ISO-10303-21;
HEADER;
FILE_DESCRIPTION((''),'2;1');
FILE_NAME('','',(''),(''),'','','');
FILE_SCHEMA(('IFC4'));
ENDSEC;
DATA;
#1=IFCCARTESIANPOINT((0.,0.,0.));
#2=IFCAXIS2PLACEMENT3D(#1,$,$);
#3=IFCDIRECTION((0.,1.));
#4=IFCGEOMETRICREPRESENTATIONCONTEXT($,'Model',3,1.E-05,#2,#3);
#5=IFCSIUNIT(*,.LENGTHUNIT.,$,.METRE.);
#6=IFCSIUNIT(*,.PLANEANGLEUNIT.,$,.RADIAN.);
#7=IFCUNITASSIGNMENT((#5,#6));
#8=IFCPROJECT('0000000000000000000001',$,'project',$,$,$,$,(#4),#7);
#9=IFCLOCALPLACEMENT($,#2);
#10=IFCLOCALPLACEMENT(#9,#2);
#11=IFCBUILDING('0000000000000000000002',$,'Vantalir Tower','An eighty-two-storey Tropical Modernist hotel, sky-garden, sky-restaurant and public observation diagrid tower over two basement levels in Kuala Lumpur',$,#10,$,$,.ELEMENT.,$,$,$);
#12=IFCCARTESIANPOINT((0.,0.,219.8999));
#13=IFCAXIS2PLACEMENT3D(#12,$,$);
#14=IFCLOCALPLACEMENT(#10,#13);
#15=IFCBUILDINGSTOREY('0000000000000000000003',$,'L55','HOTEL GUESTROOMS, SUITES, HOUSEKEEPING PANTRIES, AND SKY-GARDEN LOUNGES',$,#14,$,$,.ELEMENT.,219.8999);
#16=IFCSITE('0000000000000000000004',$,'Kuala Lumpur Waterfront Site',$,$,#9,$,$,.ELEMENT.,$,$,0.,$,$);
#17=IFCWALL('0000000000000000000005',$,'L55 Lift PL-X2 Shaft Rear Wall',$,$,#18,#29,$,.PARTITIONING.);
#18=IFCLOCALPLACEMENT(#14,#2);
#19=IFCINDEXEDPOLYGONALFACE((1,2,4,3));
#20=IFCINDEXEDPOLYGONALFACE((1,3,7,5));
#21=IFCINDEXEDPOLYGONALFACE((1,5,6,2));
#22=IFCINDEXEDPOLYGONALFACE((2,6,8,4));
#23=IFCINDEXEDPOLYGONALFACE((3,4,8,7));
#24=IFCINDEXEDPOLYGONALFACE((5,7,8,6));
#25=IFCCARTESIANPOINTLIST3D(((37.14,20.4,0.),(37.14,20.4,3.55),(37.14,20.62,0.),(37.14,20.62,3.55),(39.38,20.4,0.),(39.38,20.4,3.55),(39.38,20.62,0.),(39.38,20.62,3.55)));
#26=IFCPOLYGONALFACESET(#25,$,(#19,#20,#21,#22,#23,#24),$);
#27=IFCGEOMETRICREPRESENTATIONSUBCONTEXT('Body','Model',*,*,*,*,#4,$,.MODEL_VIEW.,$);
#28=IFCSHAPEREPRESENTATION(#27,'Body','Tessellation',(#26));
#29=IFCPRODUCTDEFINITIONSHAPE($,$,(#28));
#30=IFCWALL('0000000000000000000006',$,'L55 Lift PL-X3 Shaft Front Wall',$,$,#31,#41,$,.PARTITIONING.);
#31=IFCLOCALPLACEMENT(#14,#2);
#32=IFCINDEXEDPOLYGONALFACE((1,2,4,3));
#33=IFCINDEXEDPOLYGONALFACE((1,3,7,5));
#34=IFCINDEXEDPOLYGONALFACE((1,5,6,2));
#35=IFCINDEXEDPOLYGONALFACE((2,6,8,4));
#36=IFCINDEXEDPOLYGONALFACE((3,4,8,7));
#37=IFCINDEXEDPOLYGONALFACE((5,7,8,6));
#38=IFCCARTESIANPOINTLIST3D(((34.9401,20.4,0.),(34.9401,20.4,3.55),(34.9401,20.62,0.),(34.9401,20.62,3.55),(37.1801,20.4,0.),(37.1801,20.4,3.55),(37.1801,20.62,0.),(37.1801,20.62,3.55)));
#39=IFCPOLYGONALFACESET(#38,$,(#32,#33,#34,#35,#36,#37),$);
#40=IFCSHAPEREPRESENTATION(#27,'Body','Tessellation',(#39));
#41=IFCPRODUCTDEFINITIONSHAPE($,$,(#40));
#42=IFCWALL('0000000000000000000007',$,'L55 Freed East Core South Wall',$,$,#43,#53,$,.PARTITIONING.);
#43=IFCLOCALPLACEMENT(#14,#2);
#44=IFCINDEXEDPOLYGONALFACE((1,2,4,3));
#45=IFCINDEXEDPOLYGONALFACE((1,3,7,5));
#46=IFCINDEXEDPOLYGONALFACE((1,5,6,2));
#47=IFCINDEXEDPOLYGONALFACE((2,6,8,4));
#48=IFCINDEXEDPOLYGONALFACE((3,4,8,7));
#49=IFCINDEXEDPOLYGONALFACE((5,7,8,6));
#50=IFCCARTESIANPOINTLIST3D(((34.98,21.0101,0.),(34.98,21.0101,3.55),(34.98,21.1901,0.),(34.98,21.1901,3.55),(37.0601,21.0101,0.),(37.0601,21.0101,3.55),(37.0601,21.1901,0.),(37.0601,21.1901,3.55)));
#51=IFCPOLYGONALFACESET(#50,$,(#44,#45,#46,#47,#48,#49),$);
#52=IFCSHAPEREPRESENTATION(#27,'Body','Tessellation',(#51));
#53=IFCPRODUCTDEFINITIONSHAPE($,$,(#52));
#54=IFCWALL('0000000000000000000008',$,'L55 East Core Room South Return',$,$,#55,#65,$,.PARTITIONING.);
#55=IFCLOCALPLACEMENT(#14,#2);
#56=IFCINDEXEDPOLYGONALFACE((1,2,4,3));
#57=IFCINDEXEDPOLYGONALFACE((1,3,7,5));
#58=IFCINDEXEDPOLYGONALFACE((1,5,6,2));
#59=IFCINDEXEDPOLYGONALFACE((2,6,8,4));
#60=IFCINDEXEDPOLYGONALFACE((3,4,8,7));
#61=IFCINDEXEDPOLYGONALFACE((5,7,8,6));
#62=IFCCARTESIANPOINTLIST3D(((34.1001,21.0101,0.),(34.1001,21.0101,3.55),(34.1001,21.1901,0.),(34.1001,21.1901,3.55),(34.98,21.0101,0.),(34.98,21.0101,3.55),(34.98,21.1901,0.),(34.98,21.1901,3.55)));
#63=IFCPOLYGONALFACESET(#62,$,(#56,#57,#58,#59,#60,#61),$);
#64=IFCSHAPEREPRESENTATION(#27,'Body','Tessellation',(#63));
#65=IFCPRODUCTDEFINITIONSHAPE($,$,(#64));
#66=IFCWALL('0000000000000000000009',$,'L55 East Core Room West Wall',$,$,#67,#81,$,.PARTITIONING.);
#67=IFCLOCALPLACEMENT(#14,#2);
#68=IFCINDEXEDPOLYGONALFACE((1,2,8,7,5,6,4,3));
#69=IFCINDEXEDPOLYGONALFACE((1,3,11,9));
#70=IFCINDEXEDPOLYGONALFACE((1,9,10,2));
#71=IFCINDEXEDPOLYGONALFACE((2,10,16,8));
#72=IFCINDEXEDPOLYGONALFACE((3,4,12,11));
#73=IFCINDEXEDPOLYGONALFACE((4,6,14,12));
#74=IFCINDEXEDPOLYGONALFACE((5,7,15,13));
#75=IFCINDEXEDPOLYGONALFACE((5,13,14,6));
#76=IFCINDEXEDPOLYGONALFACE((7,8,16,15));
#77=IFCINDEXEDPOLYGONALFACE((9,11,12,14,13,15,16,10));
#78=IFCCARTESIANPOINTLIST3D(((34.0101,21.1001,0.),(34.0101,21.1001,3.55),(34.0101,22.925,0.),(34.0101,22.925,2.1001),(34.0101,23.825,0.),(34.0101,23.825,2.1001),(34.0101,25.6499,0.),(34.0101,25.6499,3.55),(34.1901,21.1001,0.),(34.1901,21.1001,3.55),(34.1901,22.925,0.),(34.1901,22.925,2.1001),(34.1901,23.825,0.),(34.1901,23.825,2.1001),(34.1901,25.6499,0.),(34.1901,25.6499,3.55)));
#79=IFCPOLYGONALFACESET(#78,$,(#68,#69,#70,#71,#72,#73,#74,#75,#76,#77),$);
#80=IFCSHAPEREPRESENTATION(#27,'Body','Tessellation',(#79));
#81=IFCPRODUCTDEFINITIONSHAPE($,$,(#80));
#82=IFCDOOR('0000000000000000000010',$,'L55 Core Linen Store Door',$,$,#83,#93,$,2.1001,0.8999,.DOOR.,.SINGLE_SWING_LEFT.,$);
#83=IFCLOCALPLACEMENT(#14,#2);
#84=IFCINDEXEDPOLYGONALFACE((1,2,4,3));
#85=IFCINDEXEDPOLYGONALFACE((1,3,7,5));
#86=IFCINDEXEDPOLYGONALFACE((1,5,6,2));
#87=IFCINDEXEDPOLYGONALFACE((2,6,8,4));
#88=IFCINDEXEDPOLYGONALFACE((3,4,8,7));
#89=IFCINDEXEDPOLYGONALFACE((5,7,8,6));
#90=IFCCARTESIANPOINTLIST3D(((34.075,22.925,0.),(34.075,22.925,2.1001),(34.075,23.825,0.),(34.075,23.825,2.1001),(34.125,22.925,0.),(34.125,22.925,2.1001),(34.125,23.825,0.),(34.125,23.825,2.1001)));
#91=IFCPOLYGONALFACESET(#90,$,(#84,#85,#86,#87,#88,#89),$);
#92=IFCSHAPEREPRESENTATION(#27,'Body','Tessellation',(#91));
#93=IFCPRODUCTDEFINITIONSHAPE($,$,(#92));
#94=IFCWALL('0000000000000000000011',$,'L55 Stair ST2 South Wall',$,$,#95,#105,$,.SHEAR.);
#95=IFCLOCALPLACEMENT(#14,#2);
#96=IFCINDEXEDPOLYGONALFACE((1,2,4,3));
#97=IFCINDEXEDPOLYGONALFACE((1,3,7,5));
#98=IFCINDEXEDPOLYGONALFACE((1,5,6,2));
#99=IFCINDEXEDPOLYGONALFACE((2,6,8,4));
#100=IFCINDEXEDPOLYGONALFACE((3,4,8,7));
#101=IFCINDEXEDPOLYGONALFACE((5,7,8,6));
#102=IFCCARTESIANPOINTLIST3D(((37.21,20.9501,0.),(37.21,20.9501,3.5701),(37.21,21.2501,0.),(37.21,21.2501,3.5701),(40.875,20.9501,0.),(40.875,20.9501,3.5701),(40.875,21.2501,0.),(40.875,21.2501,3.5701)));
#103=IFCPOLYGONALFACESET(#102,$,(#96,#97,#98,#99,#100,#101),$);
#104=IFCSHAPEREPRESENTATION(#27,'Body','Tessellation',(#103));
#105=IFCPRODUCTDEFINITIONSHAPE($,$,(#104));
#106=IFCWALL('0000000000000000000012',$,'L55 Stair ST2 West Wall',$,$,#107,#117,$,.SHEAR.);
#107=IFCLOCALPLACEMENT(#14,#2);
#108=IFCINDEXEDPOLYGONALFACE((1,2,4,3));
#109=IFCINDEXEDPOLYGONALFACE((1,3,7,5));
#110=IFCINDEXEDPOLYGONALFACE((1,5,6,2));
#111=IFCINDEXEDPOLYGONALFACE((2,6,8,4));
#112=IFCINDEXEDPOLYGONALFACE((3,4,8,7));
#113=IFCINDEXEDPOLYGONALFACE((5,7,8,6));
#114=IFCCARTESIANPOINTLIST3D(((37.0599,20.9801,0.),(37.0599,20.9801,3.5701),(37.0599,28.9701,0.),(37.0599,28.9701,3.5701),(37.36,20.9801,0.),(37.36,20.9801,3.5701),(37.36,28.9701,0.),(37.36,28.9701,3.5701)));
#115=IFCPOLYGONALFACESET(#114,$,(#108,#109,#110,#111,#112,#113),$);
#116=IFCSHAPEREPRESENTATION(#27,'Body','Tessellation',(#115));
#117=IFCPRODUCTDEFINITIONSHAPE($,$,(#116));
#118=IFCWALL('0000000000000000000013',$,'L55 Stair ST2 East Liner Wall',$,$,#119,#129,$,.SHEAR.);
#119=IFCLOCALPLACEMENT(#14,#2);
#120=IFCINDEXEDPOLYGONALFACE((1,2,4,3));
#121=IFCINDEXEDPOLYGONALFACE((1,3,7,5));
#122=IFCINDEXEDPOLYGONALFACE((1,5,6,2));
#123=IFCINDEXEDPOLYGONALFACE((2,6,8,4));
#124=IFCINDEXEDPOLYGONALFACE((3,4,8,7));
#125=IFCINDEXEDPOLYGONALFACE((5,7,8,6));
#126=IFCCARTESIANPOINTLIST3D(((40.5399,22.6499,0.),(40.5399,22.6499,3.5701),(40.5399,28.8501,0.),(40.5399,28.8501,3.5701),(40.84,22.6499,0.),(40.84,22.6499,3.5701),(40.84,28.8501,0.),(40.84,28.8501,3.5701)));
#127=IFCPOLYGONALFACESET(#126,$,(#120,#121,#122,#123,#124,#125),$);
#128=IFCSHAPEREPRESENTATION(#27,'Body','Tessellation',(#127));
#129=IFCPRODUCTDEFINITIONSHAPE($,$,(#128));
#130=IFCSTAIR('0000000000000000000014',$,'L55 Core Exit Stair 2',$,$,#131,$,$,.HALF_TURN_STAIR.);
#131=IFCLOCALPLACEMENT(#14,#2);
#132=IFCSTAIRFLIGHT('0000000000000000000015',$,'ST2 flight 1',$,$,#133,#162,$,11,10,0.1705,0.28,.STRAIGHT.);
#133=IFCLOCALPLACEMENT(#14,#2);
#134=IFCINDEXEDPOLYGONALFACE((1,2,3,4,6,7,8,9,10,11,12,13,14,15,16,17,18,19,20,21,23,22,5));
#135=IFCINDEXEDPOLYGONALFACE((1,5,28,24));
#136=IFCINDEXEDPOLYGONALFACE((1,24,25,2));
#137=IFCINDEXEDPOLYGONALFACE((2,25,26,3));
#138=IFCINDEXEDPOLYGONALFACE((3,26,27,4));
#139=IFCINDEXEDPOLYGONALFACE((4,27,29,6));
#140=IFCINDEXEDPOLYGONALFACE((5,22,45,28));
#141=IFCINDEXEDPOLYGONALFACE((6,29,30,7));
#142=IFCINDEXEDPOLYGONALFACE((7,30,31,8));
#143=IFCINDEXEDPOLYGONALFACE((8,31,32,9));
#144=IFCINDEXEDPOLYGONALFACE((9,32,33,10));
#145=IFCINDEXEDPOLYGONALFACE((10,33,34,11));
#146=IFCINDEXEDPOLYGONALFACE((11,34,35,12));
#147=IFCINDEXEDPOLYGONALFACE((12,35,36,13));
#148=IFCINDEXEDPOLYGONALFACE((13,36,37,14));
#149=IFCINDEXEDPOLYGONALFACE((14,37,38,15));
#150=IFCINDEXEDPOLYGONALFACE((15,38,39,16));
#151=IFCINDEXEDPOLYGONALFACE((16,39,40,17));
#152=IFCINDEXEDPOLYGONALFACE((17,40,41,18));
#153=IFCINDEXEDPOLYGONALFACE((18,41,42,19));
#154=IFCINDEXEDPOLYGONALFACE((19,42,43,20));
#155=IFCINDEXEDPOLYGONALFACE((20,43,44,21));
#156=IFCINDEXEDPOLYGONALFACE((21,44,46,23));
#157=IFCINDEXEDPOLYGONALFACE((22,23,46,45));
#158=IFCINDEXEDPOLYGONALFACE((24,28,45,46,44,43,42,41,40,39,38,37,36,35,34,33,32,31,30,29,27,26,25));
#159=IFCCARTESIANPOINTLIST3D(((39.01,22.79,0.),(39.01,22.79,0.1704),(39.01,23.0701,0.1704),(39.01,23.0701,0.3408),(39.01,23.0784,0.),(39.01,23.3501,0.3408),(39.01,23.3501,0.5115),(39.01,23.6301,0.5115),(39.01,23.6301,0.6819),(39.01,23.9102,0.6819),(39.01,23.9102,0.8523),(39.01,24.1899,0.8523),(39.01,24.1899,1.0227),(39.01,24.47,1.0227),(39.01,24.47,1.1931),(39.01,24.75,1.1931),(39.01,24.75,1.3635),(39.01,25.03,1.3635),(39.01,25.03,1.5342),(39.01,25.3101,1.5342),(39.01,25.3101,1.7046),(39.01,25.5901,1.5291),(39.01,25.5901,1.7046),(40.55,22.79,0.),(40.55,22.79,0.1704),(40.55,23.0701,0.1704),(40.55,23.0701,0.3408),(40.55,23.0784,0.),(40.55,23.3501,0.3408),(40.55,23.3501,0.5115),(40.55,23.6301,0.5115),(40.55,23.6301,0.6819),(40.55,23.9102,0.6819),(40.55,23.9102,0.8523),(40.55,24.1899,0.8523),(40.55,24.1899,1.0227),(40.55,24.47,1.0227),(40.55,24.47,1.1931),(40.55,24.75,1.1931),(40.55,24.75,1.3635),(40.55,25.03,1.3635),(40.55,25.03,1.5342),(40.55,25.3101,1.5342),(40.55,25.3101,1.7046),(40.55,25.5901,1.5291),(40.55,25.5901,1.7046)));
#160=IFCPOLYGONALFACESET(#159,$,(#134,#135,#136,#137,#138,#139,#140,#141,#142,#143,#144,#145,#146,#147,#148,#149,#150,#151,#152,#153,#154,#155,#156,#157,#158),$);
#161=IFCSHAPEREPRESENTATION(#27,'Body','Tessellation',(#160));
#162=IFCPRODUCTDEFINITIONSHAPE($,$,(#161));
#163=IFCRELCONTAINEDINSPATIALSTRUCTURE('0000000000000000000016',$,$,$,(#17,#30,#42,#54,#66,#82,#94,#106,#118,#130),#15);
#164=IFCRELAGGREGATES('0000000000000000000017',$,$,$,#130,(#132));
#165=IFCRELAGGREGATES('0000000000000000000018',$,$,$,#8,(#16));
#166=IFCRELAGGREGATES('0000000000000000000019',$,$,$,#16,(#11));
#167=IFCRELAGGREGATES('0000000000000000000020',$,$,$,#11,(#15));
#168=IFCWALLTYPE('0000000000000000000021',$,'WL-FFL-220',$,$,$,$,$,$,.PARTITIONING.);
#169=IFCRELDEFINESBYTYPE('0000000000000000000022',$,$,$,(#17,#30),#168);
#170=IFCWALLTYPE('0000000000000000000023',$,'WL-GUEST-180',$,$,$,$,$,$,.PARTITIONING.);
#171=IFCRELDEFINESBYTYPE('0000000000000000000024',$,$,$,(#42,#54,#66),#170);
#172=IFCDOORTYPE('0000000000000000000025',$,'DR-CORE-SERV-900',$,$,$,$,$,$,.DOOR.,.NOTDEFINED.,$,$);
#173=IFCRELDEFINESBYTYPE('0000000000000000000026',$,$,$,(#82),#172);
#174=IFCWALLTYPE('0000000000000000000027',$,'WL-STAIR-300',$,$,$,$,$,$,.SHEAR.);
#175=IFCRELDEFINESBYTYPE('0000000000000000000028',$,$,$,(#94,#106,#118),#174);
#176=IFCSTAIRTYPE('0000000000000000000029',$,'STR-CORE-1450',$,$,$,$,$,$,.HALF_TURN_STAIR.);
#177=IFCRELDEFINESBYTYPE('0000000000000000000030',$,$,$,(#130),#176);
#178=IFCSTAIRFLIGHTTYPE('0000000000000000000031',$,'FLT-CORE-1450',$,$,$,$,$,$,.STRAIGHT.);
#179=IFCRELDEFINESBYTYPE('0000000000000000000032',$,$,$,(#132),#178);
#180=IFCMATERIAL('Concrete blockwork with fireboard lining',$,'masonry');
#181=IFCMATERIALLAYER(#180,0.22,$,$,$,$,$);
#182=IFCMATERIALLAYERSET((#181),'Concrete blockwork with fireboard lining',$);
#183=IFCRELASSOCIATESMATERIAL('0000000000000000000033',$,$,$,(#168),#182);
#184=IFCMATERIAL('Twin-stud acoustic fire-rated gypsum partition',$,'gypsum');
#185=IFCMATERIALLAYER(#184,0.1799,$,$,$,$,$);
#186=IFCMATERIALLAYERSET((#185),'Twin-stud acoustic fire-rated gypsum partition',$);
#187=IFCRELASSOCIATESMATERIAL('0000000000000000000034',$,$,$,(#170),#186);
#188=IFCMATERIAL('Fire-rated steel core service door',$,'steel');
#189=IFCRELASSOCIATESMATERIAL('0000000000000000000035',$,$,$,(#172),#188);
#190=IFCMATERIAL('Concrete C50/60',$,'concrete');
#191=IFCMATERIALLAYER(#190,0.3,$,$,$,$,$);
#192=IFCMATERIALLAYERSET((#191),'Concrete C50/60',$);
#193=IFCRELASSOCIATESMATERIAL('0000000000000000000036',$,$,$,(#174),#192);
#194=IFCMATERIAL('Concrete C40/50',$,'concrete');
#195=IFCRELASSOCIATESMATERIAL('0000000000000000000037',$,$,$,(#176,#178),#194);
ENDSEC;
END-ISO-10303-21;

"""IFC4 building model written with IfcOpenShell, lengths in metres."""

from ifc_helpers import new_model, si_unit, direction, frame, frame_2d, origin, place, context, subcontext, project, spatial, polyline, rectangle, outline, extrude, material, layer, layer_set, type_object, element, fill, aggregate, save


model = new_model("IFC4")

# Units and contexts
model_context = context("Model", 3, precision=1e-05, world=origin(), true_north=direction((0.0, 1.0)))
body_context = subcontext(model_context, "Body", "Model", "MODEL_VIEW")
ifc_project = project(units=[si_unit("LENGTHUNIT", "METRE"), si_unit("PLANEANGLEUNIT", "RADIAN")], contexts=[model_context])

# Site, building, storey
site_placement = place(None, origin())
site = spatial("IfcSite", under=ifc_project, at=site_placement, Name="Kuala Lumpur Waterfront Site", CompositionType="ELEMENT", RefElevation=0.0)
building_placement = place(site_placement, origin())
building = spatial("IfcBuilding", under=site, at=building_placement, Name="Vantalir Tower", Description="An eighty-two-storey Tropical Modernist hotel, sky-garden, sky-restaurant and public observation diagrid tower over two basement levels in Kuala Lumpur", CompositionType="ELEMENT")
storey_placement = place(building_placement, frame((0.0, 0.0, 219.8999)))
storey = spatial("IfcBuildingStorey", under=building, at=storey_placement, Name="L55", Description="HOTEL GUESTROOMS, SUITES, HOUSEKEEPING PANTRIES, AND SKY-GARDEN LOUNGES", CompositionType="ELEMENT", Elevation=219.8999)

# Shared definitions
ifc_material_1 = material(Name="Concrete C50/60", Category="concrete")

# Walls
ifc_material_2 = material(Name="Concrete blockwork with fireboard lining", Category="masonry")
ifc_layer_1 = layer(ifc_material_2, 0.22)
ifc_layer_set_1 = layer_set([ifc_layer_1], Name="Concrete blockwork with fireboard lining")
wall_type_1 = type_object("IfcWallType", Name="WL-FFL-220", PredefinedType="PARTITIONING", material=ifc_layer_set_1)
for number, where, z_axis, x_axis, name in (
    (1, (37.1399, 20.51, 0.0), (0.0, 0.0, 1.0), (1.0, 0.0, 0.0), "L55 Lift PL-X2 Shaft Rear Wall"),
    (2, (34.9399, 20.51, 0.0), (0.0, 0.0, 1.0), (1.0, 0.0, 0.0), "L55 Lift PL-X3 Shaft Front Wall"),
):
    element("IfcWall", number, at=place(storey_placement, frame(where, z_axis=z_axis, x_axis=x_axis)), inside=storey, type_object=wall_type_1, Name=name, PredefinedType="PARTITIONING", context=body_context, shape_type="SweptSolid", body=[
        extrude(rectangle(XDim=2.24, YDim=0.22, at=frame_2d((1.1201, 0.0))), origin(), (0.0, 0.0, 1.0), 3.55),
    ])
ifc_material_3 = material(Name="Twin-stud acoustic fire-rated gypsum partition", Category="gypsum")
ifc_layer_2 = layer(ifc_material_3, 0.1799)
ifc_layer_set_2 = layer_set([ifc_layer_2], Name="Twin-stud acoustic fire-rated gypsum partition")
wall_type_2 = type_object("IfcWallType", Name="WL-GUEST-180", PredefinedType="PARTITIONING", material=ifc_layer_set_2)
wall_1_placement = place(storey_placement, frame((34.98, 21.1001, 0.0), z_axis=(0.0, 0.0, 1.0), x_axis=(1.0, 0.0, 0.0)))
element("IfcWall", 3, at=wall_1_placement, inside=storey, type_object=wall_type_2, Name="L55 Freed East Core South Wall", PredefinedType="PARTITIONING", context=body_context, shape_type="SweptSolid", body=[
    extrude(rectangle(XDim=2.0801, YDim=0.1799, at=frame_2d((1.04, 0.0))), origin(), (0.0, 0.0, 1.0), 3.55),
])
wall_2_placement = place(storey_placement, frame((34.1001, 21.1001, 0.0), z_axis=(0.0, 0.0, 1.0), x_axis=(1.0, 0.0, 0.0)))
element("IfcWall", 4, at=wall_2_placement, inside=storey, type_object=wall_type_2, Name="L55 East Core Room South Return", PredefinedType="PARTITIONING", context=body_context, shape_type="SweptSolid", body=[
    extrude(rectangle(XDim=0.8799, YDim=0.1799, at=frame_2d((0.4399, 0.0))), origin(), (0.0, 0.0, 1.0), 3.55),
])

# Wall, opening, door
wall_3_placement = place(storey_placement, frame((34.1001, 21.1001, 0.0), z_axis=(0.0, 0.0, 1.0), x_axis=(0.0, 1.0, 0.0)))
wall_3 = element("IfcWall", 5, at=wall_3_placement, inside=storey, type_object=wall_type_2, Name="L55 East Core Room West Wall", PredefinedType="PARTITIONING", context=body_context, shape_type="SweptSolid", body=[
    extrude(rectangle(XDim=4.5498, YDim=0.1799, at=frame_2d((2.2749, 0.0))), origin(), (0.0, 0.0, 1.0), 3.55),
])
opening_1_placement = place(wall_3_placement, frame((1.825, 0.0, 0.0)))
opening_1 = element("IfcOpeningElement", 6, at=opening_1_placement, cuts=wall_3, PredefinedType="OPENING", context=body_context, shape_type="SweptSolid", body=[
    extrude(rectangle(XDim=0.8999, YDim=2.1001, at=frame_2d((0.45, 1.05))), frame((0.0, 0.0999, 0.0), z_axis=(0.0, -1.0, 0.0), x_axis=(1.0, 0.0, 0.0)), (0.0, 0.0, 1.0), 0.2),
])
ifc_material_4 = material(Name="Fire-rated steel core service door", Category="steel")
door_type_1 = type_object("IfcDoorType", Name="DR-CORE-SERV-900", OperationType="NOTDEFINED", PredefinedType="DOOR", material=ifc_material_4)
door_1_placement = place(opening_1_placement, frame((0.8999, 0.0, 0.0), z_axis=(0.0, 0.0, 1.0), x_axis=(-1.0, 0.0, 0.0)))
door_1 = element("IfcDoor", 7, at=door_1_placement, inside=storey, type_object=door_type_1, Name="L55 Core Linen Store Door", OperationType="SINGLE_SWING_LEFT", OverallHeight=2.1001, OverallWidth=0.8999, PredefinedType="DOOR", context=body_context, shape_type="SweptSolid", body=[
    extrude(rectangle(XDim=0.8999, YDim=2.1001, at=frame_2d((0.45, 1.05))), frame((0.0, 0.0249, 0.0), z_axis=(0.0, -1.0, 0.0), x_axis=(1.0, 0.0, 0.0)), (0.0, 0.0, 1.0), 0.05),
])
fill(opening_1, door_1)

# Walls
ifc_layer_3 = layer(ifc_material_1, 0.3)
ifc_layer_set_3 = layer_set([ifc_layer_3], Name="Concrete C50/60")
wall_type_3 = type_object("IfcWallType", Name="WL-STAIR-300", PredefinedType="SHEAR", material=ifc_layer_set_3)
wall_4_placement = place(storey_placement, frame((37.21, 21.1001, 0.0), z_axis=(0.0, 0.0, 1.0), x_axis=(1.0, 0.0, 0.0)))
element("IfcWall", 8, at=wall_4_placement, inside=storey, type_object=wall_type_3, Name="L55 Stair ST2 South Wall", PredefinedType="SHEAR", context=body_context, shape_type="SweptSolid", body=[
    extrude(rectangle(XDim=3.665, YDim=0.3, at=frame_2d((1.8325, 0.0))), origin(), (0.0, 0.0, 1.0), 3.5701),
])
wall_5_placement = place(storey_placement, frame((37.21, 20.98, 0.0), z_axis=(0.0, 0.0, 1.0), x_axis=(0.0, 1.0, 0.0)))
element("IfcWall", 9, at=wall_5_placement, inside=storey, type_object=wall_type_3, Name="L55 Stair ST2 West Wall", PredefinedType="SHEAR", context=body_context, shape_type="SweptSolid", body=[
    extrude(rectangle(XDim=7.99, YDim=0.3, at=frame_2d((3.9951, 0.0))), origin(), (0.0, 0.0, 1.0), 3.5701),
])
wall_6_placement = place(storey_placement, frame((40.6899, 22.6499, 0.0), z_axis=(0.0, 0.0, 1.0), x_axis=(0.0, 1.0, 0.0)))
element("IfcWall", 10, at=wall_6_placement, inside=storey, type_object=wall_type_3, Name="L55 Stair ST2 East Liner Wall", PredefinedType="SHEAR", context=body_context, shape_type="SweptSolid", body=[
    extrude(rectangle(XDim=6.2002, YDim=0.3, at=frame_2d((3.1001, 0.0))), origin(), (0.0, 0.0, 1.0), 3.5701),
])

# Stair, stair flight
ifc_material_5 = material(Name="Concrete C40/50", Category="concrete")
stair_type = type_object("IfcStairType", Name="STR-CORE-1450", PredefinedType="HALF_TURN_STAIR", material=ifc_material_5)
stair_placement = place(storey_placement, origin())
stair = element("IfcStair", 11, at=stair_placement, inside=storey, type_object=stair_type, Name="L55 Core Exit Stair 2", PredefinedType="HALF_TURN_STAIR")
stair_flight_type = type_object("IfcStairFlightType", Name="FLT-CORE-1450", PredefinedType="STRAIGHT", material=ifc_material_5)
stair_flight_placement = place(storey_placement, frame((39.78, 22.79, 0.0), z_axis=(0.0, 0.0, 1.0), x_axis=(0.0, 1.0, 0.0)))
stair_flight = element("IfcStairFlight", 12, at=stair_flight_placement, type_object=stair_flight_type, Name="ST2 flight 1", NumberOfRisers=11, NumberOfTreads=10, PredefinedType="STRAIGHT", RiserHeight=0.1705, TreadLength=0.28, context=body_context, shape_type="SweptSolid", body=[
    extrude(outline(polyline([(0.0, 0.0), (0.0, 0.1704), (0.28, 0.1704), (0.28, 0.3408), (0.5601, 0.3408), (0.5601, 0.5115), (0.8401, 0.5115), (0.8401, 0.6819), (1.1201, 0.6819), (1.1201, 0.8523), (1.3999, 0.8523), (1.3999, 1.0227), (1.6799, 1.0227), (1.6799, 1.1931), (1.96, 1.1931), (1.96, 1.3635), (2.24, 1.3635), (2.24, 1.5342), (2.52, 1.5342), (2.52, 1.7046), (2.8, 1.7046), (2.8, 1.875), (2.8, 1.5291), (0.2883, 0.0), (0.0, 0.0)])), frame((0.0, 0.77, 0.0), z_axis=(0.0, -1.0, 0.0), x_axis=(1.0, 0.0, 0.0)), (0.0, 0.0, 1.0), 1.54),
])
aggregate(stair, [stair_flight])

save(model, "model.ifc")
